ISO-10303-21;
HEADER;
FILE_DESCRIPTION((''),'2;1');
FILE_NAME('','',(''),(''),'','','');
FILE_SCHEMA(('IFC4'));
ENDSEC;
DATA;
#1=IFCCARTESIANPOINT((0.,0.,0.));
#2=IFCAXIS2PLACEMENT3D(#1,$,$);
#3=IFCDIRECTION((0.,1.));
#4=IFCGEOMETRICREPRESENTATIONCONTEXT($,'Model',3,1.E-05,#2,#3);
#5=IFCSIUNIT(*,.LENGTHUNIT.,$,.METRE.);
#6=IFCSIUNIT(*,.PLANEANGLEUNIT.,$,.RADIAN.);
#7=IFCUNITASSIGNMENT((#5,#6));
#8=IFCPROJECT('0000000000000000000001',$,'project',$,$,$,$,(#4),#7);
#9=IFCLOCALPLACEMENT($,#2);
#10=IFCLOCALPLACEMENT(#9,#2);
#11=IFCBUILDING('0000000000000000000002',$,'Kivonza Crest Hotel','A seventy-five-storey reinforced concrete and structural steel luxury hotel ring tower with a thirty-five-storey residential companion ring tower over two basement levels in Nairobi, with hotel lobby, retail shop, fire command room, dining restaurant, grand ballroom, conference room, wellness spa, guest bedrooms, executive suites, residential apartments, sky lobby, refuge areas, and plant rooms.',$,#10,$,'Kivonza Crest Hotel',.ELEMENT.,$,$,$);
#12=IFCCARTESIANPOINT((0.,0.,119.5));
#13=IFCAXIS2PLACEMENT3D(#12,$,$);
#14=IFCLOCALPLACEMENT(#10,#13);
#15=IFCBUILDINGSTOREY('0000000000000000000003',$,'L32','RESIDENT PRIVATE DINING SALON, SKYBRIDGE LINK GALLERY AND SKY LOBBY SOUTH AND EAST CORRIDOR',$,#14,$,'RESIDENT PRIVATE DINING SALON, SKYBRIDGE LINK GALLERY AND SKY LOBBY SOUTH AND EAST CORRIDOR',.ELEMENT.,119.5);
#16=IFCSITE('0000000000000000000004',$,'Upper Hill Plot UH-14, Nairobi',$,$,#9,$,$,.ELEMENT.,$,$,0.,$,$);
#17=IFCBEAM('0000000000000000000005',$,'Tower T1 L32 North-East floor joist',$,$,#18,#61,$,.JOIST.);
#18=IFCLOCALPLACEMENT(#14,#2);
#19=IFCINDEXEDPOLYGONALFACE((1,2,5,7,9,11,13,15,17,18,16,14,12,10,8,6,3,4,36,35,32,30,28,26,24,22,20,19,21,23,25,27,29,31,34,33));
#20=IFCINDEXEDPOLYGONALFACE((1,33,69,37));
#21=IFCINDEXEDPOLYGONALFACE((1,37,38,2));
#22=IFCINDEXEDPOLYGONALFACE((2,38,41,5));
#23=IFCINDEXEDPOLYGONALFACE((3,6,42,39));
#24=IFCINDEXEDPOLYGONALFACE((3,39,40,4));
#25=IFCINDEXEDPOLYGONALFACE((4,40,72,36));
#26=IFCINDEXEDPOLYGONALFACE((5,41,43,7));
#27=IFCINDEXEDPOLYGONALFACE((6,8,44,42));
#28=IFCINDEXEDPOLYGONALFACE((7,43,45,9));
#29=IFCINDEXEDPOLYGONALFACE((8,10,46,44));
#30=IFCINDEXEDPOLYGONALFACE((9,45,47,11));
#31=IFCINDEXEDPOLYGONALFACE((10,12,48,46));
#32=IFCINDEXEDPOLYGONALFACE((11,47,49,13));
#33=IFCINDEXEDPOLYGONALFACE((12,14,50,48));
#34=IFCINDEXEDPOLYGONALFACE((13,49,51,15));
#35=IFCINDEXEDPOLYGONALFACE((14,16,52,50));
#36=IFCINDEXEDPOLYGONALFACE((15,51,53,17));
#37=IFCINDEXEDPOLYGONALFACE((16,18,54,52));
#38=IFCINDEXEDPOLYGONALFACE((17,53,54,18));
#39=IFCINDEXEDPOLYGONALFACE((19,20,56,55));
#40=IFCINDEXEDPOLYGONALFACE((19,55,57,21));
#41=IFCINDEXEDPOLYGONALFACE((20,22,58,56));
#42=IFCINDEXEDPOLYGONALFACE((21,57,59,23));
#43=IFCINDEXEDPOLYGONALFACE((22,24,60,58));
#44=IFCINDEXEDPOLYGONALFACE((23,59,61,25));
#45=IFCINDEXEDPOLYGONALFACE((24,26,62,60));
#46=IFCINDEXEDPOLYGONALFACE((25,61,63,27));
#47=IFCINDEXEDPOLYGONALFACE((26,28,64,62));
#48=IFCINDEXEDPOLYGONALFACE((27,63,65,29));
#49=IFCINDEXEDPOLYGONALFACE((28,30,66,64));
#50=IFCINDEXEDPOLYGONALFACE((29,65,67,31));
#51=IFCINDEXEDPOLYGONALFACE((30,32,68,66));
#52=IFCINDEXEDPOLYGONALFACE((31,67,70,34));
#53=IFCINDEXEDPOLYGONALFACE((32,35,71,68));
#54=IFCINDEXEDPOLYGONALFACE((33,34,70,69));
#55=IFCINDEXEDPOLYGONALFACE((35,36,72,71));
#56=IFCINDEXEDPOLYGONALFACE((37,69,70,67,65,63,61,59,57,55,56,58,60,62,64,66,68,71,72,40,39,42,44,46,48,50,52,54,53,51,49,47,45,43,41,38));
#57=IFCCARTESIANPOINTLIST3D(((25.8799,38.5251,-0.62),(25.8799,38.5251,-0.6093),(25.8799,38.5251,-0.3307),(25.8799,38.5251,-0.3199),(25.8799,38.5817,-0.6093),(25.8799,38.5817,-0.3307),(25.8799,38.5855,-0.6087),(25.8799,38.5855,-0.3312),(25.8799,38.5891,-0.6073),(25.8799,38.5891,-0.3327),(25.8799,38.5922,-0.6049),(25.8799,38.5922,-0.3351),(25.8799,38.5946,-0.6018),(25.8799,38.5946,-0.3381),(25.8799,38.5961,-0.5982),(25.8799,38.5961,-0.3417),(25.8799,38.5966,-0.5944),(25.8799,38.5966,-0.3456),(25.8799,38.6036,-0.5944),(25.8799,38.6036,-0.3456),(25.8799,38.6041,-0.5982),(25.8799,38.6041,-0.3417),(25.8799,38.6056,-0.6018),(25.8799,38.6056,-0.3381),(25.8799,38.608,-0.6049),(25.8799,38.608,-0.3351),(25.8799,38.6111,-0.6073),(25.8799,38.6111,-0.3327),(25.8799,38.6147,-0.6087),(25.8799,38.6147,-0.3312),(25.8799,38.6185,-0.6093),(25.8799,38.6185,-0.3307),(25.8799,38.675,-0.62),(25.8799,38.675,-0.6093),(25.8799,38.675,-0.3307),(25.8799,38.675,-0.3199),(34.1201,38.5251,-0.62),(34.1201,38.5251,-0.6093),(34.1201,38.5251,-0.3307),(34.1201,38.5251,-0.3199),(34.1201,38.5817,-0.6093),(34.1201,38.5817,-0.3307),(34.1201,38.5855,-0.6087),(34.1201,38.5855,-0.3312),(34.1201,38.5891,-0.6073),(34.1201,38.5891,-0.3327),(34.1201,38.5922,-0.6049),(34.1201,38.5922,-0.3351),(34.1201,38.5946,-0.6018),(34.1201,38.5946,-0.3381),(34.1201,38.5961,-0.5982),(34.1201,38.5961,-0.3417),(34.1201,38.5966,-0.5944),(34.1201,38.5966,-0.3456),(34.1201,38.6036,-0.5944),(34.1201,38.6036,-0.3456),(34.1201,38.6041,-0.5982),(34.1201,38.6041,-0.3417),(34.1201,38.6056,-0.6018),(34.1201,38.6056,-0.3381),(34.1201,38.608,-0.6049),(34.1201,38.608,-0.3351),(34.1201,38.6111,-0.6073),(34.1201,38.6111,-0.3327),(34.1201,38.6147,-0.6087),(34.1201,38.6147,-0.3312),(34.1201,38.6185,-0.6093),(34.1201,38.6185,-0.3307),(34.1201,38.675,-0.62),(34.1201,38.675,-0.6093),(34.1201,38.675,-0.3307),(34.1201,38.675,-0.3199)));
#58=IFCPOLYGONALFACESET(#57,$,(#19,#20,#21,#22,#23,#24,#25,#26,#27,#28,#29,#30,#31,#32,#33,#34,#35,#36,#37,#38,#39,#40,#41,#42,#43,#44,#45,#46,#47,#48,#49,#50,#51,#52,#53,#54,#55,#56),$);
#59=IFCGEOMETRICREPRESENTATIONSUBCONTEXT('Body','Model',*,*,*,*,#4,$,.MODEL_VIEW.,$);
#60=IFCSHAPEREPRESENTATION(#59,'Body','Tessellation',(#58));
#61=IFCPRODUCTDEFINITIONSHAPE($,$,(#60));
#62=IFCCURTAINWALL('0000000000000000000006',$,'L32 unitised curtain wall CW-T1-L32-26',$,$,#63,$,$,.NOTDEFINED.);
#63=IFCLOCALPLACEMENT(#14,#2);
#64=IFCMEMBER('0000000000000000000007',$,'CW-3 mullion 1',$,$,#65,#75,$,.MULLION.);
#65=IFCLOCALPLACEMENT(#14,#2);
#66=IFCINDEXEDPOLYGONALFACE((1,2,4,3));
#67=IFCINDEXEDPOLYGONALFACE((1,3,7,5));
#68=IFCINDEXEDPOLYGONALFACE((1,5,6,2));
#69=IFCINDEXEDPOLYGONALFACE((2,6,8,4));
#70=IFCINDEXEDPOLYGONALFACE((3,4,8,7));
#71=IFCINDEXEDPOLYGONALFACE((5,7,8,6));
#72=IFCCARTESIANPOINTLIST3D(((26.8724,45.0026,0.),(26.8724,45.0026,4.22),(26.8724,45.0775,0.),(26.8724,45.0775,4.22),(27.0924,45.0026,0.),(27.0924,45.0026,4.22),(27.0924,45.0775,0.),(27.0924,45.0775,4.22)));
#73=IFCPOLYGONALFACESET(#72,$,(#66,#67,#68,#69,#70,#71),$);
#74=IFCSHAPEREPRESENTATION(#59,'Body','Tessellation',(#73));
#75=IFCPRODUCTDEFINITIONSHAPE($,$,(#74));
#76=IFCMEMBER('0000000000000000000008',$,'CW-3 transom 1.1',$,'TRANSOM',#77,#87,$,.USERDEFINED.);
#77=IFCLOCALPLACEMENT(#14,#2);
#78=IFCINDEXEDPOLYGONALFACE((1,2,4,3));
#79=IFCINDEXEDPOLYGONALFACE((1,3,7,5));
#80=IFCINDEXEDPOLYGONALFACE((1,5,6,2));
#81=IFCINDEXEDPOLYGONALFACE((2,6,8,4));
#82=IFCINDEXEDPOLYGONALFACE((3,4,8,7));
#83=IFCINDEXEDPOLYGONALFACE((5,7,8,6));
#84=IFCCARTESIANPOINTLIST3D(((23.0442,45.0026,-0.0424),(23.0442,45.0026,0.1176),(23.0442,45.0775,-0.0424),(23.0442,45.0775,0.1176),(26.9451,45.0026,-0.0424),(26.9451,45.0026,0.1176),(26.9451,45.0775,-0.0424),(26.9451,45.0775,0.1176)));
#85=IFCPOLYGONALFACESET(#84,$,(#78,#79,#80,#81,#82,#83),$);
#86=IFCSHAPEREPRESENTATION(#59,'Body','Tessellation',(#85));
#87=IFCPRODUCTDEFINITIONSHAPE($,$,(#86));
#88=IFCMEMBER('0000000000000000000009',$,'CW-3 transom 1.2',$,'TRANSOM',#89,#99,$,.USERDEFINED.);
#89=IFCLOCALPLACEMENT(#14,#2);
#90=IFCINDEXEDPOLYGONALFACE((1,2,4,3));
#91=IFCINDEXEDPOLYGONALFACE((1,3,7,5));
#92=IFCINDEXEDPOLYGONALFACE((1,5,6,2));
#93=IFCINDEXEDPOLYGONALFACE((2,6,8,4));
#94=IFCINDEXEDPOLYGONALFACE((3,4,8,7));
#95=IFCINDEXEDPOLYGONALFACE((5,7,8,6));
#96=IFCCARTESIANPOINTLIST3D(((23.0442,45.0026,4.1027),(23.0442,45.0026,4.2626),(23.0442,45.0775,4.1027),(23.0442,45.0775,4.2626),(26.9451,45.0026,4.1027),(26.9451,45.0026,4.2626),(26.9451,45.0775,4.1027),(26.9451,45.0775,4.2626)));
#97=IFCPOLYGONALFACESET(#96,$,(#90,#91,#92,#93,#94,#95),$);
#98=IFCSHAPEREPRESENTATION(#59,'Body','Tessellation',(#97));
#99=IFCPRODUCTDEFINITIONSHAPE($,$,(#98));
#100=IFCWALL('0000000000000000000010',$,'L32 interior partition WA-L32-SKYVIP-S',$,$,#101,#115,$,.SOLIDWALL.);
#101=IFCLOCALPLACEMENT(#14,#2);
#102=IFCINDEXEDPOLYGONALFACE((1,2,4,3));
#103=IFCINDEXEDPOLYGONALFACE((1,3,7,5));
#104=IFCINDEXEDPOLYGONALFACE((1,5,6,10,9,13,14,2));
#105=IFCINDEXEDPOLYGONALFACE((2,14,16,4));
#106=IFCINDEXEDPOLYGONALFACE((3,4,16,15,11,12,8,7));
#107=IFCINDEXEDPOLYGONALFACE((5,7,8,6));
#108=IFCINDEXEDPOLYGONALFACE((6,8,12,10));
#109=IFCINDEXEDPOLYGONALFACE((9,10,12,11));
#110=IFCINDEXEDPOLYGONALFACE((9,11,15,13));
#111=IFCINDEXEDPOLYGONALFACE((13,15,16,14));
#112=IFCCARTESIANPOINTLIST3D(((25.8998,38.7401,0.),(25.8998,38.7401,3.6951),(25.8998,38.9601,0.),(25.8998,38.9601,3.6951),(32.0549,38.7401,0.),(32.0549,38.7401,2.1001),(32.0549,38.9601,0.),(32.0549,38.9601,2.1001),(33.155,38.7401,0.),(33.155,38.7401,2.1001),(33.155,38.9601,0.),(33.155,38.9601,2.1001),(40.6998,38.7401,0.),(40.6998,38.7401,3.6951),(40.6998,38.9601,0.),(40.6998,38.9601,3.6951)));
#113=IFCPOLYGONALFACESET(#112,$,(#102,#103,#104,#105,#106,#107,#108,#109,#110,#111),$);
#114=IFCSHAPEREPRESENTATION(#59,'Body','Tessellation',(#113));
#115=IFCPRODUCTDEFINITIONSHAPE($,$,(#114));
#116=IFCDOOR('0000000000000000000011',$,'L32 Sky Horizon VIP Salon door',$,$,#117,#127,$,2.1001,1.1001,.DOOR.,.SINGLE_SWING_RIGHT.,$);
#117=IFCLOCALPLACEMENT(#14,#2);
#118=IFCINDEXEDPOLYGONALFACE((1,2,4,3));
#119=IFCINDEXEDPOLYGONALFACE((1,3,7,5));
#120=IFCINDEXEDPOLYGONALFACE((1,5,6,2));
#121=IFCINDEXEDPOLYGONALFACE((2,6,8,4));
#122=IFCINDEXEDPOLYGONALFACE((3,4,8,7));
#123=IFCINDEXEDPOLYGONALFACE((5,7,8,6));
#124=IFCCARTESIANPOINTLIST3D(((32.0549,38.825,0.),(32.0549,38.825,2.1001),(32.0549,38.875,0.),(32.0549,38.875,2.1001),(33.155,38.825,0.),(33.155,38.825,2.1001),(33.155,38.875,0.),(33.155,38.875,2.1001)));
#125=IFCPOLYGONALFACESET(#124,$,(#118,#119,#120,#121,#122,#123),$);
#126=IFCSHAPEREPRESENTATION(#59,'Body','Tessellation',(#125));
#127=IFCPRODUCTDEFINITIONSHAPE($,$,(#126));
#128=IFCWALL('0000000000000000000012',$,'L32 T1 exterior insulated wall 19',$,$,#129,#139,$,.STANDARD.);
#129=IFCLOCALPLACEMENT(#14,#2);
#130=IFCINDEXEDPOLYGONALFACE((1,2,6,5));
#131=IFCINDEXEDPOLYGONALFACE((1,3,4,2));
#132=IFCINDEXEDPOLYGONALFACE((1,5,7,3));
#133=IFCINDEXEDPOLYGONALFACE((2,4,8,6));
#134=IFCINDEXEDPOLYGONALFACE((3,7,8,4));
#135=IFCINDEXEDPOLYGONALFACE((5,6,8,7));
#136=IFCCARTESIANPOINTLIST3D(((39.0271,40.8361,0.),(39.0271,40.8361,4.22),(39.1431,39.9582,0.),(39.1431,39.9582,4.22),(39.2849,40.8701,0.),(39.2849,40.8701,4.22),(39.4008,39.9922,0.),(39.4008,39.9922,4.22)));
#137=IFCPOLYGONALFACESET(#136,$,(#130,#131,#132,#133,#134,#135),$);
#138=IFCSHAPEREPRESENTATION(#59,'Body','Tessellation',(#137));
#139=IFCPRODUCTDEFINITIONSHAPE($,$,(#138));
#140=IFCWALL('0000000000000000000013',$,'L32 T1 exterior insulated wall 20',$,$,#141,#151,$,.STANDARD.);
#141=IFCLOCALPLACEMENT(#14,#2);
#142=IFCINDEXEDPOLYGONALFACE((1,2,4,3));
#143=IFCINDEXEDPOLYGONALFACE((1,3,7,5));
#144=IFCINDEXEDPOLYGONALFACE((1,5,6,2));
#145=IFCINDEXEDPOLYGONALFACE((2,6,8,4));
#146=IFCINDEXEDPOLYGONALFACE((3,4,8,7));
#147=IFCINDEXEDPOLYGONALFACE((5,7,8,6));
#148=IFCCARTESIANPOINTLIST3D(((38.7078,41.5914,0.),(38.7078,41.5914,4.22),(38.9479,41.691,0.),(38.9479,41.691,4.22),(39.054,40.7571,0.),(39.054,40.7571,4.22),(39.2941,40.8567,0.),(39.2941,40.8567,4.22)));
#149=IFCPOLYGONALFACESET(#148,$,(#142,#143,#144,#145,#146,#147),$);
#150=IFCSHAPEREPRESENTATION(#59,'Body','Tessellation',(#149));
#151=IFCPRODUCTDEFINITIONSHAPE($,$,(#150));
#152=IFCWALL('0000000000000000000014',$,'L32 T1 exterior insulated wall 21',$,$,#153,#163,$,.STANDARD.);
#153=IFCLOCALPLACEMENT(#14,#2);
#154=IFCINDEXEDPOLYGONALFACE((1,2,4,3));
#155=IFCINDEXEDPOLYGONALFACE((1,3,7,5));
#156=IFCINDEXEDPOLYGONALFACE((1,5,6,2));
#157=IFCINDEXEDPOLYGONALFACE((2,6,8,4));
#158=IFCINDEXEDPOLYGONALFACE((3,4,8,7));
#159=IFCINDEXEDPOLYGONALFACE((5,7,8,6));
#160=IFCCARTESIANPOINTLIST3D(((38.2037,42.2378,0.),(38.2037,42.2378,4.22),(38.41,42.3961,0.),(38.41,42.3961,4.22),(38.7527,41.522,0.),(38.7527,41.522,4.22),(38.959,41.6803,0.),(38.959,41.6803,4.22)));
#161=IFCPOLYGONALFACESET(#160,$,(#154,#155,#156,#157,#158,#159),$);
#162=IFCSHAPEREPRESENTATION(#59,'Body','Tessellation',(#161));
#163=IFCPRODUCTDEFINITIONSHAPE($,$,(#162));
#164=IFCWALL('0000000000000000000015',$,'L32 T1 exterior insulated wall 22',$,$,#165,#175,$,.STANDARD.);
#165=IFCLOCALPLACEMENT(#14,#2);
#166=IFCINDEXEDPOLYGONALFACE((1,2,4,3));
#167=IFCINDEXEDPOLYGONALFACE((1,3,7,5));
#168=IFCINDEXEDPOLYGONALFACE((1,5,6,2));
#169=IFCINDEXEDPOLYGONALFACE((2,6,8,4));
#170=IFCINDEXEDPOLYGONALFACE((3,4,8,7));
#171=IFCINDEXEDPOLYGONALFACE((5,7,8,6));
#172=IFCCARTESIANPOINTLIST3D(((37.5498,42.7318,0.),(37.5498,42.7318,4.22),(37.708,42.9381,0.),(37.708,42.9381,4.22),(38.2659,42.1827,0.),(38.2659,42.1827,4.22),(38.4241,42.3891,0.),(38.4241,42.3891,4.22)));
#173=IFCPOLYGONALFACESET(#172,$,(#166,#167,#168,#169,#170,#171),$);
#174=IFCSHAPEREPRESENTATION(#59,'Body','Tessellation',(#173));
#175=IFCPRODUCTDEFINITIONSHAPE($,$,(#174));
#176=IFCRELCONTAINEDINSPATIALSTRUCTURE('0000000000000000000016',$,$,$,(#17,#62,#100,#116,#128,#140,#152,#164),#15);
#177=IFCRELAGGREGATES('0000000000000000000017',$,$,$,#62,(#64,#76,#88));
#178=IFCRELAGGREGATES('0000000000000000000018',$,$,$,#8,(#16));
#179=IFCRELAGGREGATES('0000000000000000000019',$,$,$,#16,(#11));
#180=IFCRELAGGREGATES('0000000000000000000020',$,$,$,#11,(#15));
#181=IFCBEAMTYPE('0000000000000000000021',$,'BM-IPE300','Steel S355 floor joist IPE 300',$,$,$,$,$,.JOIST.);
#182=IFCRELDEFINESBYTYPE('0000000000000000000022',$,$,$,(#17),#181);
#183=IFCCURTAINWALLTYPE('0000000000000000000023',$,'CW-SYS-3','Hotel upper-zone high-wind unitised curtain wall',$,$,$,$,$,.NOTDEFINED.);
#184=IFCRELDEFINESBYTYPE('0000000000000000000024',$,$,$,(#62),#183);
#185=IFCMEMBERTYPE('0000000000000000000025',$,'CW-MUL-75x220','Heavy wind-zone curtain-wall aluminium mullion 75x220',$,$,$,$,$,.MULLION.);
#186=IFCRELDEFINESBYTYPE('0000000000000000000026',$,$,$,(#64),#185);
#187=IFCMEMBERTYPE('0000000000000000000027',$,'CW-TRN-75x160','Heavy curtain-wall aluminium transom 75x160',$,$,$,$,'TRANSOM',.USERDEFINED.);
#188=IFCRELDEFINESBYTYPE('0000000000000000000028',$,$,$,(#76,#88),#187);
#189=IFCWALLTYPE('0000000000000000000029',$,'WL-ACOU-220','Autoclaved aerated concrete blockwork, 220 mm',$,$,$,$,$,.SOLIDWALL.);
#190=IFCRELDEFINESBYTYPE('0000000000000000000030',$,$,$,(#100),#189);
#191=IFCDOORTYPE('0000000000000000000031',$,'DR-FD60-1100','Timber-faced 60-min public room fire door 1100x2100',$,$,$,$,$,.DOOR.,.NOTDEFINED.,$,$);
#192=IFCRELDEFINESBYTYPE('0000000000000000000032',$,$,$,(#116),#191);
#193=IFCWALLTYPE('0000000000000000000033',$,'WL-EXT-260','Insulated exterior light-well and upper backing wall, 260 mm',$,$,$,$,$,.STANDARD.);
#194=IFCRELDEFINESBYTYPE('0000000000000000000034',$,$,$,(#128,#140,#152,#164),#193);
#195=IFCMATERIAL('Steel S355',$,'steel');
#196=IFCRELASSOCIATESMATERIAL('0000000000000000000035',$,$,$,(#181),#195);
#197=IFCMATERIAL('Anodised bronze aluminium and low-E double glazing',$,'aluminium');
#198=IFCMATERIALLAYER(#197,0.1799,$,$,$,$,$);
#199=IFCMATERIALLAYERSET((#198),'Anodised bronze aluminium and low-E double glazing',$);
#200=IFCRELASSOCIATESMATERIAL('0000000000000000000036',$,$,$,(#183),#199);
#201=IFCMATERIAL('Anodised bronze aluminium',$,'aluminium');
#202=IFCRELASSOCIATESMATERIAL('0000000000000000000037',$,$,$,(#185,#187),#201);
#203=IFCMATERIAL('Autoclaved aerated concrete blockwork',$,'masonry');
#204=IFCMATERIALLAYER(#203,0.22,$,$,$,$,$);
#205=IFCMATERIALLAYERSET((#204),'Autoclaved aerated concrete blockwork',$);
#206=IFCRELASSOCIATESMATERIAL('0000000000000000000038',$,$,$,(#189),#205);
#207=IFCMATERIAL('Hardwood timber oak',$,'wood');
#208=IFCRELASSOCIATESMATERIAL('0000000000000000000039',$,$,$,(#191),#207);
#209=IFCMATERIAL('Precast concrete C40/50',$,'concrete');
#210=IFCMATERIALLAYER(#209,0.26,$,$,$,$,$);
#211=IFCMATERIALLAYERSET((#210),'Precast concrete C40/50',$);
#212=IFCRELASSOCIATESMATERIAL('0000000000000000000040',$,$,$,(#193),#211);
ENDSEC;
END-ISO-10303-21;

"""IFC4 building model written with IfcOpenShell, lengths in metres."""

from ifc_helpers import new_model, si_unit, direction, frame, frame_2d, origin, origin_2d, place, context, subcontext, project, spatial, rectangle, i_section, extrude, material, layer, layer_set, material_profile, profile_set, type_object, element, fill, aggregate, save


model = new_model("IFC4")

# Units and contexts
model_context = context("Model", 3, precision=1e-05, world=origin(), true_north=direction((0.0, 1.0)))
body_context = subcontext(model_context, "Body", "Model", "MODEL_VIEW")
ifc_project = project(units=[si_unit("LENGTHUNIT", "METRE"), si_unit("PLANEANGLEUNIT", "RADIAN")], contexts=[model_context])

# Site, building, storey
site_placement = place(None, origin())
site = spatial("IfcSite", under=ifc_project, at=site_placement, Name="Upper Hill Plot UH-14, Nairobi", CompositionType="ELEMENT", RefElevation=0.0)
building_placement = place(site_placement, origin())
building = spatial("IfcBuilding", under=site, at=building_placement, Name="Kivonza Crest Hotel", Description="A seventy-five-storey reinforced concrete and structural steel luxury hotel ring tower with a thirty-five-storey residential companion ring tower over two basement levels in Nairobi, with hotel lobby, retail shop, fire command room, dining restaurant, grand ballroom, conference room, wellness spa, guest bedrooms, executive suites, residential apartments, sky lobby, refuge areas, and plant rooms.", LongName="Kivonza Crest Hotel", CompositionType="ELEMENT")
storey_placement = place(building_placement, frame((0.0, 0.0, 119.5)))
storey = spatial("IfcBuildingStorey", under=building, at=storey_placement, Name="L32", Description="RESIDENT PRIVATE DINING SALON, SKYBRIDGE LINK GALLERY AND SKY LOBBY SOUTH AND EAST CORRIDOR", LongName="RESIDENT PRIVATE DINING SALON, SKYBRIDGE LINK GALLERY AND SKY LOBBY SOUTH AND EAST CORRIDOR", CompositionType="ELEMENT", Elevation=119.5)

# Shared definitions
ifc_material_1 = material(Name="Steel S355", Category="steel")

# Beam
ifc_material_profile_1 = material_profile(ifc_material_1, i_section(OverallWidth=0.1499, OverallDepth=0.3, WebThickness=0.0071, FlangeThickness=0.0107, FilletRadius=0.0149, at=origin_2d()), Name="IPE 300")
ifc_profile_set_1 = profile_set([ifc_material_profile_1], Name="Steel S355")
beam_type_1 = type_object("IfcBeamType", Name="BM-IPE300", Description="Steel S355 floor joist IPE 300", PredefinedType="JOIST", material=ifc_profile_set_1)
beam_1_placement = place(storey_placement, frame((25.8799, 38.6001, -0.47), z_axis=(1.0, 0.0, 0.0), x_axis=(0.0, 1.0, 0.0)))
element("IfcBeam", 1, at=beam_1_placement, inside=storey, type_object=beam_type_1, Name="Tower T1 L32 North-East floor joist", PredefinedType="JOIST", context=body_context, shape_type="SweptSolid", body=[
    extrude(i_section(OverallWidth=0.1499, OverallDepth=0.3, WebThickness=0.0071, FlangeThickness=0.0107, FilletRadius=0.0149, at=origin_2d()), origin(), (0.0, 0.0, 1.0), 8.2402),
])

# Curtain wall, members
ifc_material_2 = material(Name="Anodised bronze aluminium and low-E double glazing", Category="aluminium")
ifc_layer_1 = layer(ifc_material_2, 0.1799)
ifc_layer_set_1 = layer_set([ifc_layer_1], Name="Anodised bronze aluminium and low-E double glazing")
curtain_wall_type = type_object("IfcCurtainWallType", Name="CW-SYS-3", Description="Hotel upper-zone high-wind unitised curtain wall", PredefinedType="NOTDEFINED", material=ifc_layer_set_1)
curtain_wall_placement = place(storey_placement, origin())
curtain_wall = element("IfcCurtainWall", 2, at=curtain_wall_placement, inside=storey, type_object=curtain_wall_type, Name="L32 unitised curtain wall CW-T1-L32-26", PredefinedType="NOTDEFINED")
ifc_material_3 = material(Name="Anodised bronze aluminium", Category="aluminium")
ifc_material_profile_2 = material_profile(ifc_material_3, rectangle(XDim=0.075, YDim=0.22, at=origin_2d()), Name="CW-M 75x220")
ifc_profile_set_2 = profile_set([ifc_material_profile_2], Name="Anodised bronze aluminium")
member_type_1 = type_object("IfcMemberType", Name="CW-MUL-75x220", Description="Heavy wind-zone curtain-wall aluminium mullion 75x220", PredefinedType="MULLION", material=ifc_profile_set_2)
member_1_placement = place(storey_placement, frame((26.9824, 45.04, 0.0), z_axis=(0.0, 0.0, 1.0), x_axis=(0.0, -1.0, 0.0)))
member_1 = element("IfcMember", 3, at=member_1_placement, type_object=member_type_1, Name="CW-3 mullion 1", PredefinedType="MULLION", context=body_context, shape_type="SweptSolid", body=[
    extrude(rectangle(XDim=0.075, YDim=0.22, at=origin_2d()), origin(), (0.0, 0.0, 1.0), 4.22),
])
ifc_material_profile_3 = material_profile(ifc_material_3, rectangle(XDim=0.075, YDim=0.1599, at=origin_2d()), Name="CW-T 75x160")
ifc_profile_set_3 = profile_set([ifc_material_profile_3], Name="Anodised bronze aluminium")
member_type_2 = type_object("IfcMemberType", Name="CW-TRN-75x160", Description="Heavy curtain-wall aluminium transom 75x160", ElementType="TRANSOM", PredefinedType="USERDEFINED", material=ifc_profile_set_3)
member_2_placement = place(storey_placement, frame((26.9451, 45.04, 0.0376), z_axis=(-1.0, 0.0, 0.0), x_axis=(0.0, -1.0, 0.0)))
member_2 = element("IfcMember", 4, at=member_2_placement, type_object=member_type_2, Name="CW-3 transom 1.1", ObjectType="TRANSOM", PredefinedType="USERDEFINED", context=body_context, shape_type="SweptSolid", body=[
    extrude(rectangle(XDim=0.075, YDim=0.1599, at=origin_2d()), origin(), (0.0, 0.0, 1.0), 3.9009),
])
member_3_placement = place(storey_placement, frame((26.9451, 45.04, 4.1826), z_axis=(-1.0, 0.0, 0.0), x_axis=(0.0, -1.0, 0.0)))
member_3 = element("IfcMember", 5, at=member_3_placement, type_object=member_type_2, Name="CW-3 transom 1.2", ObjectType="TRANSOM", PredefinedType="USERDEFINED", context=body_context, shape_type="SweptSolid", body=[
    extrude(rectangle(XDim=0.075, YDim=0.1599, at=origin_2d()), origin(), (0.0, 0.0, 1.0), 3.9009),
])
aggregate(curtain_wall, [member_1, member_2, member_3])

# Wall, opening, door
ifc_material_4 = material(Name="Autoclaved aerated concrete blockwork", Category="masonry")
ifc_layer_2 = layer(ifc_material_4, 0.22)
ifc_layer_set_2 = layer_set([ifc_layer_2], Name="Autoclaved aerated concrete blockwork")
wall_type_1 = type_object("IfcWallType", Name="WL-ACOU-220", Description="Autoclaved aerated concrete blockwork, 220 mm", PredefinedType="SOLIDWALL", material=ifc_layer_set_2)
wall_1_placement = place(storey_placement, frame((25.8999, 38.8501, 0.0), z_axis=(0.0, 0.0, 1.0), x_axis=(1.0, 0.0, 0.0)))
wall_1 = element("IfcWall", 6, at=wall_1_placement, inside=storey, type_object=wall_type_1, Name="L32 interior partition WA-L32-SKYVIP-S", PredefinedType="SOLIDWALL", context=body_context, shape_type="SweptSolid", body=[
    extrude(rectangle(XDim=14.8, YDim=0.22, at=frame_2d((7.3999, 0.0))), origin(), (0.0, 0.0, 1.0), 3.6951),
])
opening_1_placement = place(wall_1_placement, frame((6.155, 0.0, 0.0)))
opening_1 = element("IfcOpeningElement", 7, at=opening_1_placement, cuts=wall_1, PredefinedType="OPENING", context=body_context, shape_type="SweptSolid", body=[
    extrude(rectangle(XDim=1.1001, YDim=2.1001, at=frame_2d((0.55, 1.05))), frame((0.0, 0.1201, 0.0), z_axis=(0.0, -1.0, 0.0), x_axis=(1.0, 0.0, 0.0)), (0.0, 0.0, 1.0), 0.24),
])
ifc_material_5 = material(Name="Hardwood timber oak", Category="wood")
door_type = type_object("IfcDoorType", Name="DR-FD60-1100", Description="Timber-faced 60-min public room fire door 1100x2100", OperationType="NOTDEFINED", PredefinedType="DOOR", material=ifc_material_5)
door_placement = place(opening_1_placement, origin())
door = element("IfcDoor", 8, at=door_placement, inside=storey, type_object=door_type, Name="L32 Sky Horizon VIP Salon door", OperationType="SINGLE_SWING_RIGHT", OverallHeight=2.1001, OverallWidth=1.1001, PredefinedType="DOOR", context=body_context, shape_type="SweptSolid", body=[
    extrude(rectangle(XDim=1.1001, YDim=2.1001, at=frame_2d((0.55, 1.05))), frame((0.0, 0.0249, 0.0), z_axis=(0.0, -1.0, 0.0), x_axis=(1.0, 0.0, 0.0)), (0.0, 0.0, 1.0), 0.05),
])
fill(opening_1, door)

# Walls
ifc_material_6 = material(Name="Precast concrete C40/50", Category="concrete")
ifc_layer_3 = layer(ifc_material_6, 0.26)
ifc_layer_set_3 = layer_set([ifc_layer_3], Name="Precast concrete C40/50")
wall_type_2 = type_object("IfcWallType", Name="WL-EXT-260", Description="Insulated exterior light-well and upper backing wall, 260 mm", PredefinedType="STANDARD", material=ifc_layer_set_3)
wall_2_placement = place(storey_placement, frame((39.272, 39.9751, 0.0), z_axis=(0.0, 0.0, 1.0), x_axis=(-0.130954, 0.991388, 0.0)))
element("IfcWall", 9, at=wall_2_placement, inside=storey, type_object=wall_type_2, Name="L32 T1 exterior insulated wall 19", PredefinedType="STANDARD", context=body_context, shape_type="SweptSolid", body=[
    extrude(rectangle(XDim=0.8855, YDim=0.26, at=frame_2d((0.4429, 0.0))), origin(), (0.0, 0.0, 1.0), 4.22),
])
wall_3_placement = place(storey_placement, frame((39.1741, 40.8069, 0.0), z_axis=(0.0, 0.0, 1.0), x_axis=(-0.383291, 0.923628, 0.0)))
element("IfcWall", 10, at=wall_3_placement, inside=storey, type_object=wall_type_2, Name="L32 T1 exterior insulated wall 20", PredefinedType="STANDARD", context=body_context, shape_type="SweptSolid", body=[
    extrude(rectangle(XDim=0.9033, YDim=0.26, at=frame_2d((0.4517, 0.0))), origin(), (0.0, 0.0, 1.0), 4.22),
])
wall_4_placement = place(storey_placement, frame((38.856, 41.6011, 0.0), z_axis=(0.0, 0.0, 1.0), x_axis=(-0.608625, 0.793458, 0.0)))
element("IfcWall", 11, at=wall_4_placement, inside=storey, type_object=wall_type_2, Name="L32 T1 exterior insulated wall 21", PredefinedType="STANDARD", context=body_context, shape_type="SweptSolid", body=[
    extrude(rectangle(XDim=0.9021, YDim=0.26, at=frame_2d((0.4512, 0.0))), origin(), (0.0, 0.0, 1.0), 4.22),
])
wall_5_placement = place(storey_placement, frame((38.345, 42.2859, 0.0), z_axis=(0.0, 0.0, 1.0), x_axis=(-0.793558, 0.608494, 0.0)))
element("IfcWall", 12, at=wall_5_placement, inside=storey, type_object=wall_type_2, Name="L32 T1 exterior insulated wall 22", PredefinedType="STANDARD", context=body_context, shape_type="SweptSolid", body=[
    extrude(rectangle(XDim=0.9023, YDim=0.26, at=frame_2d((0.4512, 0.0))), origin(), (0.0, 0.0, 1.0), 4.22),
])

save(model, "model.ifc")
